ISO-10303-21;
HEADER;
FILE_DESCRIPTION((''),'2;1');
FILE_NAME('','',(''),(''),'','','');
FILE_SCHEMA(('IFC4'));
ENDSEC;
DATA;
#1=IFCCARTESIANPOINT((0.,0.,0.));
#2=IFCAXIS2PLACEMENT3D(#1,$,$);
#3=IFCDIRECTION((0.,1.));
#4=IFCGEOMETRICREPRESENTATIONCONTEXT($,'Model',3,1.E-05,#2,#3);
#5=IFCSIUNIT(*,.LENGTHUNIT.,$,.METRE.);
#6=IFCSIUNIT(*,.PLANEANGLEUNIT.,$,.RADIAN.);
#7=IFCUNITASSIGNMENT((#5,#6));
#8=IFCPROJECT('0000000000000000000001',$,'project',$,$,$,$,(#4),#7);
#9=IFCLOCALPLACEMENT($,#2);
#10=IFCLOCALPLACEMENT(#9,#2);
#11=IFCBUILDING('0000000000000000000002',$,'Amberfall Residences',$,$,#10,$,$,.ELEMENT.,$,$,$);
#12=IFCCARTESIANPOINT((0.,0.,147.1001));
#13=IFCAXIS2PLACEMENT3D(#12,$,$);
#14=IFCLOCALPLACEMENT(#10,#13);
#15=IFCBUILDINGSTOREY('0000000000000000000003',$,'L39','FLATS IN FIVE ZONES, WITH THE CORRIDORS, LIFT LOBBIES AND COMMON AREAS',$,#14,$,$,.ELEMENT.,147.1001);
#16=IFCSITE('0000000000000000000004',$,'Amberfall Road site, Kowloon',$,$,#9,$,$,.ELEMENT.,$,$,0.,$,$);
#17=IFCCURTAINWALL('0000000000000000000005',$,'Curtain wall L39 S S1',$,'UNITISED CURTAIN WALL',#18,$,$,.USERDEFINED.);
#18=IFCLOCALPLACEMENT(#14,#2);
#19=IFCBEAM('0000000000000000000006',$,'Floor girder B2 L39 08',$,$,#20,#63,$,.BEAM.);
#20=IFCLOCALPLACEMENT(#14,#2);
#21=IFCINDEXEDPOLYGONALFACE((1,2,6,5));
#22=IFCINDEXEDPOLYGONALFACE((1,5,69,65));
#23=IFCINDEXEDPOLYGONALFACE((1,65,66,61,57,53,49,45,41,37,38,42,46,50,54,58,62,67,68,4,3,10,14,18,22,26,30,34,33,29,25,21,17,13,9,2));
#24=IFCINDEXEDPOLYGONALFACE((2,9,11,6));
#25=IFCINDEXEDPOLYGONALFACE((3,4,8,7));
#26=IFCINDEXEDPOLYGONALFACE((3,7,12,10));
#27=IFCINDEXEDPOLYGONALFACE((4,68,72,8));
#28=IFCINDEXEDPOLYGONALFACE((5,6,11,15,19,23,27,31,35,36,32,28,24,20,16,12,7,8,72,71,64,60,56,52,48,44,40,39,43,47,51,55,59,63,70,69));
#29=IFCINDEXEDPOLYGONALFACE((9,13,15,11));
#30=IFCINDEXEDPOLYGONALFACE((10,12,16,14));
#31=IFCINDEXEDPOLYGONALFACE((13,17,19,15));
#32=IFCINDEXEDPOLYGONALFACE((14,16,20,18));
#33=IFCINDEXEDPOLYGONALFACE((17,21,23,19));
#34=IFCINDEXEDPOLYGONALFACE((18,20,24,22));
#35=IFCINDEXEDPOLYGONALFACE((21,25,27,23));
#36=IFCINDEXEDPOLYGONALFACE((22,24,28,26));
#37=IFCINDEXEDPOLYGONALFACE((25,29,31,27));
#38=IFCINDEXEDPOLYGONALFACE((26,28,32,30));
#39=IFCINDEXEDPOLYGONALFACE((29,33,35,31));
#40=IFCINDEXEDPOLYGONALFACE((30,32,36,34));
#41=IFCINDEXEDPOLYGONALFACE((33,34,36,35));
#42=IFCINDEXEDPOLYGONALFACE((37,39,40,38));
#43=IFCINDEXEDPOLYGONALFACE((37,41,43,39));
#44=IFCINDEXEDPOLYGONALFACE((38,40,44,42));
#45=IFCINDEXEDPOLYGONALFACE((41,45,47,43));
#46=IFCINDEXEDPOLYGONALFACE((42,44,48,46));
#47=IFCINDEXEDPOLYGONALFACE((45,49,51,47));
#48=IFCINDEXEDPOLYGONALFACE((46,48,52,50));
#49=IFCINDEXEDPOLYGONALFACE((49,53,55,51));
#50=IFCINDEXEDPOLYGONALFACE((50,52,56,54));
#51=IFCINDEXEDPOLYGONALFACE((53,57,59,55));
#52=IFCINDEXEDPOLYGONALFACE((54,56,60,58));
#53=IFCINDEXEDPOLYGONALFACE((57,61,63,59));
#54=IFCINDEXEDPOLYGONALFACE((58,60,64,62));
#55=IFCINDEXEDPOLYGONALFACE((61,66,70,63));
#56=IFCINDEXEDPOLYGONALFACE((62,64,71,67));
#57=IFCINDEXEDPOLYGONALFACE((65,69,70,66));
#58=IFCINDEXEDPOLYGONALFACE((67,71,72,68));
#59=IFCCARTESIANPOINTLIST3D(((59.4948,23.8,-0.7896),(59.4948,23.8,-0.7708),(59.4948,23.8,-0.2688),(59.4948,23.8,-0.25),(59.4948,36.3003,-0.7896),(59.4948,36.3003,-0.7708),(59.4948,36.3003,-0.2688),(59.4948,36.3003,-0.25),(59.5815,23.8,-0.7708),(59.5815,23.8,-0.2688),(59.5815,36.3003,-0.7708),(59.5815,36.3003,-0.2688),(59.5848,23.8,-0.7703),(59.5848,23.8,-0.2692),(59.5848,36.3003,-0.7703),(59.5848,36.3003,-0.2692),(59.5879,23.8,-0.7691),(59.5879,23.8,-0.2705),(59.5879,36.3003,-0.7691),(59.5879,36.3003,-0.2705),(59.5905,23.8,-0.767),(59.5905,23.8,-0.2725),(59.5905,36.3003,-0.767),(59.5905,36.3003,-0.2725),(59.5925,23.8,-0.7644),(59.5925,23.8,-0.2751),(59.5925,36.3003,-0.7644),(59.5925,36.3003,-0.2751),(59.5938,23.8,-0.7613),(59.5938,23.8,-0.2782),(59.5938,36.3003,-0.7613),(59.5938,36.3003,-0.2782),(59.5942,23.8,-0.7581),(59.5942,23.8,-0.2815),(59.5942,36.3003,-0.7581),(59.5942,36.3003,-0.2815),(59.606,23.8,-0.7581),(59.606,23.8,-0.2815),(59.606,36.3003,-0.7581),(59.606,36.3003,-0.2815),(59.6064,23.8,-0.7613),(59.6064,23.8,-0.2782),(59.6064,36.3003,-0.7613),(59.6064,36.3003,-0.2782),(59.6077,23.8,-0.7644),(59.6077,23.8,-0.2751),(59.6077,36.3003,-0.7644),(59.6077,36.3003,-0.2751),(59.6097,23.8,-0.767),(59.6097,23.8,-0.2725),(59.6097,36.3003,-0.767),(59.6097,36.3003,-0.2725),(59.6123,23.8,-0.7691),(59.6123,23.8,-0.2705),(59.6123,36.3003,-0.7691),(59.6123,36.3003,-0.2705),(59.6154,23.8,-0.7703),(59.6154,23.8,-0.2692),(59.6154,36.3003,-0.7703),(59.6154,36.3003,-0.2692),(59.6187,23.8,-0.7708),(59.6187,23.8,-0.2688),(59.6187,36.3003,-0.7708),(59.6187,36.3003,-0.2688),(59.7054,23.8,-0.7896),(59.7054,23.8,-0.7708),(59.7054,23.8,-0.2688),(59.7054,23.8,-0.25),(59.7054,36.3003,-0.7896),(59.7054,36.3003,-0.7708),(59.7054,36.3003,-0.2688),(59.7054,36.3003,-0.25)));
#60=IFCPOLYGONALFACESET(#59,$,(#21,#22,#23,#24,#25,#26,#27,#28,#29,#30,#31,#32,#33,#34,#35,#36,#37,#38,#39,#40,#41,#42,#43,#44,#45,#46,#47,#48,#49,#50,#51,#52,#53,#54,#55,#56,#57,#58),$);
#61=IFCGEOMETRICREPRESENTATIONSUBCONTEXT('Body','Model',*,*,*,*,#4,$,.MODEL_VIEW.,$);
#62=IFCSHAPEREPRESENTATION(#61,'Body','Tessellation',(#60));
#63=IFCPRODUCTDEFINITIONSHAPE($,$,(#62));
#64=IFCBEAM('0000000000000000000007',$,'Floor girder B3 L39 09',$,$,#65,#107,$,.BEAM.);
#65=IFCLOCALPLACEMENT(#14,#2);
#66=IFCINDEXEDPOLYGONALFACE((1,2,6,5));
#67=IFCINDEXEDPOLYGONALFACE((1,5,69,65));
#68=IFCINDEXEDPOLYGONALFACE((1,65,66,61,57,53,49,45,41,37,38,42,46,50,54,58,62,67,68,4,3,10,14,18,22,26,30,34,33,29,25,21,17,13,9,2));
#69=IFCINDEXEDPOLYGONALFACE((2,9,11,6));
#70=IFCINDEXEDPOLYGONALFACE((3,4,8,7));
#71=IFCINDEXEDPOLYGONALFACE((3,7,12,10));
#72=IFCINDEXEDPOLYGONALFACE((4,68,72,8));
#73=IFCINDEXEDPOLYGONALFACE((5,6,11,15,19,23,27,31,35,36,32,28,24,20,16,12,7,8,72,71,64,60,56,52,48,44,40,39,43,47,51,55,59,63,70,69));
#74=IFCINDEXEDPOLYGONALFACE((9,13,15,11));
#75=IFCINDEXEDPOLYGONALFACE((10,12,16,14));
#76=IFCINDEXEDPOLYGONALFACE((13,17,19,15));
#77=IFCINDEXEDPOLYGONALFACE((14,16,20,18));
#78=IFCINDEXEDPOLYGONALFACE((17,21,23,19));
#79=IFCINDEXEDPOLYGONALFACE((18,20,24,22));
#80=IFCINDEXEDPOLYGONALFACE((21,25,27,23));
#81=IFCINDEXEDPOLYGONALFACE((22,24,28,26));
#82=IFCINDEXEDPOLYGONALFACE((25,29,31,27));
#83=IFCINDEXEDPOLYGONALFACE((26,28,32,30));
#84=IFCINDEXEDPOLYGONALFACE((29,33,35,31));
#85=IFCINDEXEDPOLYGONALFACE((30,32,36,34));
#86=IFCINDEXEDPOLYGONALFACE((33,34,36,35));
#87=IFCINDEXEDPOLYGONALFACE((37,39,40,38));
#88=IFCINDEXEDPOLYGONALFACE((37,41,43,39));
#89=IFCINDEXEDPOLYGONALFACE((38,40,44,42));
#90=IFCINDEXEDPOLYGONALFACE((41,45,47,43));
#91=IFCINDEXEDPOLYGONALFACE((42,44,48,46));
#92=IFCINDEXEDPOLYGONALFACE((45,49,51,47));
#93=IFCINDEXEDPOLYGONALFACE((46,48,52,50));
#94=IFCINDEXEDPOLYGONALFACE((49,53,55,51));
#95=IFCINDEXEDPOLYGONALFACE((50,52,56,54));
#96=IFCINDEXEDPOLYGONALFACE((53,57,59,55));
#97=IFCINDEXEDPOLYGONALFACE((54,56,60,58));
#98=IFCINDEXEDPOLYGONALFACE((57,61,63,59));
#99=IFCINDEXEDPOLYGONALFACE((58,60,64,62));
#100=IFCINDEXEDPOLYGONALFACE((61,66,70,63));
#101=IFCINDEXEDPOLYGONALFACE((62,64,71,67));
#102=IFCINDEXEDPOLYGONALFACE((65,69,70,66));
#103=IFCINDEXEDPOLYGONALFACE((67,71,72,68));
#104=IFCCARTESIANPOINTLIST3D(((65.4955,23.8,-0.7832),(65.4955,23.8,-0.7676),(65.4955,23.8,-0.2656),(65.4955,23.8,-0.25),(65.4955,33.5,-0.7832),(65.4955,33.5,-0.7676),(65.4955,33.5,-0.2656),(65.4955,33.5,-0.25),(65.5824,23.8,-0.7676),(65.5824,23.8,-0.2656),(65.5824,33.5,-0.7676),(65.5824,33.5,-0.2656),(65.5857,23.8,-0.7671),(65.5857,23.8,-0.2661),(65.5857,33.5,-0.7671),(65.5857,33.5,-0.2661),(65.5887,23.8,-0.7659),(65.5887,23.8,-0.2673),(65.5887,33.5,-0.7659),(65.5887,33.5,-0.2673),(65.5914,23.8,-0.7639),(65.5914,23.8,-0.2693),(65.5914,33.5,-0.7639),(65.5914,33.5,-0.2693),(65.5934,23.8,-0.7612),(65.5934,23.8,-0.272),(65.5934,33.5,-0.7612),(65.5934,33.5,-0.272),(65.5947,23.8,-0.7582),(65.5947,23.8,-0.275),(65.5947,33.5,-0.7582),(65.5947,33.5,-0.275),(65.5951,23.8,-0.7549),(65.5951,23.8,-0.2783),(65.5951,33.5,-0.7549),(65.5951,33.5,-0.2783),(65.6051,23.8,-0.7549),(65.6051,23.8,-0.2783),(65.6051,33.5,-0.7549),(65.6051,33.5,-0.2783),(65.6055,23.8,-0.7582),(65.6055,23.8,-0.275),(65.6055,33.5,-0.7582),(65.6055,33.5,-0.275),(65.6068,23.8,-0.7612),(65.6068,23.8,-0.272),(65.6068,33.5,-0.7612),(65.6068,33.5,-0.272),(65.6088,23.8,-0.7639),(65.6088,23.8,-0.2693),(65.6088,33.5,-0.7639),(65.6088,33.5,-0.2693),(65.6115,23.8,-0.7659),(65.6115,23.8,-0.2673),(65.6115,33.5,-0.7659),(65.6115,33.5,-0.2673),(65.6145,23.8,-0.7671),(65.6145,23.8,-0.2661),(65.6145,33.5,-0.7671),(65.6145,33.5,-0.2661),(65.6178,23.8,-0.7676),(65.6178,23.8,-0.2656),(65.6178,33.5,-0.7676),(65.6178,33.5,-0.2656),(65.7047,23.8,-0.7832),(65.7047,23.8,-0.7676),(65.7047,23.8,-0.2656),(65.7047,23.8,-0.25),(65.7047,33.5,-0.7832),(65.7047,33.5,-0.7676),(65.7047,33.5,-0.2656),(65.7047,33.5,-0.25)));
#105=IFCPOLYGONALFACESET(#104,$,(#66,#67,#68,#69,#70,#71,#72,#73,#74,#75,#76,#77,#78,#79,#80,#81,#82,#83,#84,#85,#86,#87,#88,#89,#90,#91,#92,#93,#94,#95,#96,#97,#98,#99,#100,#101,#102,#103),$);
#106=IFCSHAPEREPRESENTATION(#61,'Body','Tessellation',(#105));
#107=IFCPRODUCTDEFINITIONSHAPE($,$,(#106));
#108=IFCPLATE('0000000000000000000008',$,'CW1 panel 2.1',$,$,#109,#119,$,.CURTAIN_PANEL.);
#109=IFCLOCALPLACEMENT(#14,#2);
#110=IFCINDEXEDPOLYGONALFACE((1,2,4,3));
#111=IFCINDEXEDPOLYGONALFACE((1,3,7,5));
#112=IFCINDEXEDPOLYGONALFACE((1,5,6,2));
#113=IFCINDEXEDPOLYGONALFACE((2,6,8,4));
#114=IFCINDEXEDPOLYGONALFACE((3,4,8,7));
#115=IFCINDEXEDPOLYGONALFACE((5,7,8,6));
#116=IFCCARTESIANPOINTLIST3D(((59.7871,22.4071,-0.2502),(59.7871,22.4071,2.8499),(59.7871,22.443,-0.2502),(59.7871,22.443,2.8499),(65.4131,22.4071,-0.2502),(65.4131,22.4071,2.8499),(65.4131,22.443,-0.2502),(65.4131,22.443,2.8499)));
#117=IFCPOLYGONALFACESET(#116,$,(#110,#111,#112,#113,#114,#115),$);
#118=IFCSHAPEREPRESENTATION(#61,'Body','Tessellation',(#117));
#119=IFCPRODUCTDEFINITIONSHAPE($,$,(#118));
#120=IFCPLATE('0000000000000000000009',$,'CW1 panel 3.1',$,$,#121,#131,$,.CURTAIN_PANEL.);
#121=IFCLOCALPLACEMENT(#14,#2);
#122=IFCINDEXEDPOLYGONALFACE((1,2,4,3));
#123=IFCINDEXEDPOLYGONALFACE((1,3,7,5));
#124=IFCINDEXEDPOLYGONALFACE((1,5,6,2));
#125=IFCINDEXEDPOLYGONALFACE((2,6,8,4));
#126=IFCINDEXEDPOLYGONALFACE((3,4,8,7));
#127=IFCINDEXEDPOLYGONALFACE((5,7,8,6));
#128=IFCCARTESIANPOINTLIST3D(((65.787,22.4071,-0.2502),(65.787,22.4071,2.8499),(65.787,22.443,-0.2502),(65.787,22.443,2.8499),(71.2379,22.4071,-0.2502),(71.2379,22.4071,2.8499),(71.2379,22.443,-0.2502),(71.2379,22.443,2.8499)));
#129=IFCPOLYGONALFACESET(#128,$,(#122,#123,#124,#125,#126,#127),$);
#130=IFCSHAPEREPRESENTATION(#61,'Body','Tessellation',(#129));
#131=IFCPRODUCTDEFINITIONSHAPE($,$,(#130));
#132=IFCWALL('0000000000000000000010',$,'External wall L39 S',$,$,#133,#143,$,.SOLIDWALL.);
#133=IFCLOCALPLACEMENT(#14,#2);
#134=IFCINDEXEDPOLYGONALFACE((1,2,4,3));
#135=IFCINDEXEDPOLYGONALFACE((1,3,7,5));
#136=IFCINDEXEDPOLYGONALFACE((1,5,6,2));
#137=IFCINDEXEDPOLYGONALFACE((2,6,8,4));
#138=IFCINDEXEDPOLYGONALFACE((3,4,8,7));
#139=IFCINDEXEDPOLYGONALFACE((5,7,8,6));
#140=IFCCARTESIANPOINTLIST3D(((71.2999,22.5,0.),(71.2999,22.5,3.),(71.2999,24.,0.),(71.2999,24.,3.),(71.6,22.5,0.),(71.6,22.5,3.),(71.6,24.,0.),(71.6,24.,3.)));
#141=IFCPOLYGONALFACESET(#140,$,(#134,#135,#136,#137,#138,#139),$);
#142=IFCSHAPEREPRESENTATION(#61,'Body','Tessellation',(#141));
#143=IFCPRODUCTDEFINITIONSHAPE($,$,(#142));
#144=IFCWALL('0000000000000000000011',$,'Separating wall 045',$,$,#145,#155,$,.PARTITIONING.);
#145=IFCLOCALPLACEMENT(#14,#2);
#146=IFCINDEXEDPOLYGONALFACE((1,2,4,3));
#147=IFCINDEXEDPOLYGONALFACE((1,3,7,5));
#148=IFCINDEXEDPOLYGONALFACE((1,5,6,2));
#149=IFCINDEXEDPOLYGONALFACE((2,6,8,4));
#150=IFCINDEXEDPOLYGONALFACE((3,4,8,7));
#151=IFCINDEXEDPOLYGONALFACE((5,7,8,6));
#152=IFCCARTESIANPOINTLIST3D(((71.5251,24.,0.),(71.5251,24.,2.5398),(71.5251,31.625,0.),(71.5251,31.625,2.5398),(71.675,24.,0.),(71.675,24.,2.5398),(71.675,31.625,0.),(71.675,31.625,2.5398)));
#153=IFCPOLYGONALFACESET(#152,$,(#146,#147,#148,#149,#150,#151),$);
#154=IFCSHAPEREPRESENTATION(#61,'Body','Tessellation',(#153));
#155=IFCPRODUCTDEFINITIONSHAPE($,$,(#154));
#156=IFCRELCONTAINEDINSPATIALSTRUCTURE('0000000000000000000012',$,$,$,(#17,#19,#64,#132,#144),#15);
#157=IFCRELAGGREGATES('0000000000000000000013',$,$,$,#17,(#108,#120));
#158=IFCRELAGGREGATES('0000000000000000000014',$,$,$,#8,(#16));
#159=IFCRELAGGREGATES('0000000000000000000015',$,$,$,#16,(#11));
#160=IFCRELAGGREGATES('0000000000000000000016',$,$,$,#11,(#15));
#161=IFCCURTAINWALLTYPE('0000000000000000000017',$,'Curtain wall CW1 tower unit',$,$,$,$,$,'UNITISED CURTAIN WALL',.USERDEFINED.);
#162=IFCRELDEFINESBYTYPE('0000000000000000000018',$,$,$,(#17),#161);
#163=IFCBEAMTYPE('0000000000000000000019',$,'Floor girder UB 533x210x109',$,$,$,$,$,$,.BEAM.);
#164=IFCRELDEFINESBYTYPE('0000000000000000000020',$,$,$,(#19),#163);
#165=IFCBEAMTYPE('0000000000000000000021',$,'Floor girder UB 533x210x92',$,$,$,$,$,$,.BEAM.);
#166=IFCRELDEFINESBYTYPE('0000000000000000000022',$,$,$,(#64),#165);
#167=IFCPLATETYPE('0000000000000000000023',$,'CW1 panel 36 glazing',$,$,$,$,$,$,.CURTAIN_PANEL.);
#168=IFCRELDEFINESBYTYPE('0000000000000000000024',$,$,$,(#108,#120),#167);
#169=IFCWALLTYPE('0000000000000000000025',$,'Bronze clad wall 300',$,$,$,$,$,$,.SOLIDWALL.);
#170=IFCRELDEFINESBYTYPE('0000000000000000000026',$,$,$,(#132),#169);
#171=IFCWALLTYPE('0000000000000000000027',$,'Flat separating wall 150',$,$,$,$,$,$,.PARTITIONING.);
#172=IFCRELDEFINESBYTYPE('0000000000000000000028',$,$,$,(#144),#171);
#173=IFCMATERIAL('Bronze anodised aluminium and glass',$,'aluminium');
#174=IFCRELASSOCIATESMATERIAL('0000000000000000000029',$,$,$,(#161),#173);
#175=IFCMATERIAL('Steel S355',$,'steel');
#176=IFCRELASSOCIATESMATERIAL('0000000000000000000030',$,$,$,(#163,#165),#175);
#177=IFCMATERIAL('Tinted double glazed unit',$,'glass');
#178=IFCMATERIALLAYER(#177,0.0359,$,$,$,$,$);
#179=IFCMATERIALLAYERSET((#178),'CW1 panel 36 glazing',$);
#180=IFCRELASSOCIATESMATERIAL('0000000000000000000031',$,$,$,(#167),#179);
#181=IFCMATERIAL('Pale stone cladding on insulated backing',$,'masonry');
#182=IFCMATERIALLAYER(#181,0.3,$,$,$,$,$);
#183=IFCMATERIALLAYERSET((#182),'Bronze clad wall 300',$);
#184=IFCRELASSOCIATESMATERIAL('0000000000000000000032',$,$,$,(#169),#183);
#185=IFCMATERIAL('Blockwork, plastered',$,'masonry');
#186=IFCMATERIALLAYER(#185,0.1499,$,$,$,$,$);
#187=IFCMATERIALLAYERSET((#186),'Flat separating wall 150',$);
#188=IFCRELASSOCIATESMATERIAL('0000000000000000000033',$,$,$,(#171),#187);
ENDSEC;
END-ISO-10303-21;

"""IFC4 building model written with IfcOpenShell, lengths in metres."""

from ifc_helpers import new_model, si_unit, direction, frame, frame_2d, origin, origin_2d, place, context, subcontext, project, spatial, rectangle, i_section, extrude, material, layer, layer_set, material_profile, profile_set, type_object, element, aggregate, save


model = new_model("IFC4")

# Units and contexts
model_context = context("Model", 3, precision=1e-05, world=origin(), true_north=direction((0.0, 1.0)))
body_context = subcontext(model_context, "Body", "Model", "MODEL_VIEW")
ifc_project = project(units=[si_unit("LENGTHUNIT", "METRE"), si_unit("PLANEANGLEUNIT", "RADIAN")], contexts=[model_context])

# Site, building, storey
site_placement = place(None, origin())
site = spatial("IfcSite", under=ifc_project, at=site_placement, Name="Amberfall Road site, Kowloon", CompositionType="ELEMENT", RefElevation=0.0)
building_placement = place(site_placement, origin())
building = spatial("IfcBuilding", under=site, at=building_placement, Name="Amberfall Residences", CompositionType="ELEMENT")
storey_placement = place(building_placement, frame((0.0, 0.0, 147.1001)))
storey = spatial("IfcBuildingStorey", under=building, at=storey_placement, Name="L39", Description="FLATS IN FIVE ZONES, WITH THE CORRIDORS, LIFT LOBBIES AND COMMON AREAS", CompositionType="ELEMENT", Elevation=147.1001)

# Curtain wall
ifc_material_1 = material(Name="Bronze anodised aluminium and glass", Category="aluminium")
curtain_wall_type = type_object("IfcCurtainWallType", Name="Curtain wall CW1 tower unit", ElementType="UNITISED CURTAIN WALL", PredefinedType="USERDEFINED", material=ifc_material_1)
curtain_wall_placement = place(storey_placement, origin())
curtain_wall = element("IfcCurtainWall", 1, at=curtain_wall_placement, inside=storey, type_object=curtain_wall_type, Name="Curtain wall L39 S S1", ObjectType="UNITISED CURTAIN WALL", PredefinedType="USERDEFINED")

# Shared definitions
ifc_material_2 = material(Name="Steel S355", Category="steel")

# Beams
ifc_material_profile_1 = material_profile(ifc_material_2, i_section(OverallWidth=0.2107, OverallDepth=0.5396, WebThickness=0.0117, FlangeThickness=0.0188, FilletRadius=0.0127, at=origin_2d()), Name="UB 533x210x109")
ifc_profile_set_1 = profile_set([ifc_material_profile_1], Name="Steel S355")
beam_type_1 = type_object("IfcBeamType", Name="Floor girder UB 533x210x109", PredefinedType="BEAM", material=ifc_profile_set_1)
beam_1_placement = place(storey_placement, frame((59.6001, 23.8, -0.5198), z_axis=(0.0, 1.0, 0.0), x_axis=(-1.0, 0.0, 0.0)))
element("IfcBeam", 2, at=beam_1_placement, inside=storey, type_object=beam_type_1, Name="Floor girder B2 L39 08", PredefinedType="BEAM", context=body_context, shape_type="SweptSolid", body=[
    extrude(i_section(OverallWidth=0.2107, OverallDepth=0.5396, WebThickness=0.0117, FlangeThickness=0.0188, FilletRadius=0.0127, at=origin_2d()), origin(), (0.0, 0.0, 1.0), 12.5002),
])
ifc_material_profile_2 = material_profile(ifc_material_2, i_section(OverallWidth=0.2092, OverallDepth=0.5332, WebThickness=0.01, FlangeThickness=0.0156, FilletRadius=0.0127, at=origin_2d()), Name="UB 533x210x92")
ifc_profile_set_2 = profile_set([ifc_material_profile_2], Name="Steel S355")
beam_type_2 = type_object("IfcBeamType", Name="Floor girder UB 533x210x92", PredefinedType="BEAM", material=ifc_profile_set_2)
beam_2_placement = place(storey_placement, frame((65.6001, 23.8, -0.5166), z_axis=(0.0, 1.0, 0.0), x_axis=(-1.0, 0.0, 0.0)))
element("IfcBeam", 3, at=beam_2_placement, inside=storey, type_object=beam_type_2, Name="Floor girder B3 L39 09", PredefinedType="BEAM", context=body_context, shape_type="SweptSolid", body=[
    extrude(i_section(OverallWidth=0.2092, OverallDepth=0.5332, WebThickness=0.01, FlangeThickness=0.0156, FilletRadius=0.0127, at=origin_2d()), origin(), (0.0, 0.0, 1.0), 9.7),
])

# Plates
ifc_material_3 = material(Name="Tinted double glazed unit", Category="glass")
ifc_layer_1 = layer(ifc_material_3, 0.0359)
ifc_layer_set_1 = layer_set([ifc_layer_1], Name="CW1 panel 36 glazing")
plate_type = type_object("IfcPlateType", Name="CW1 panel 36 glazing", PredefinedType="CURTAIN_PANEL", material=ifc_layer_set_1)
plate_1_placement = place(storey_placement, frame((62.6001, 22.425, -0.2502), z_axis=(0.0, 0.0, 1.0), x_axis=(1.0, 0.0, 0.0)))
plate_1 = element("IfcPlate", 4, at=plate_1_placement, type_object=plate_type, Name="CW1 panel 2.1", PredefinedType="CURTAIN_PANEL", context=body_context, shape_type="SweptSolid", body=[
    extrude(rectangle(XDim=5.626, YDim=0.0359, at=origin_2d()), origin(), (0.0, 0.0, 1.0), 3.1001),
])
plate_2_placement = place(storey_placement, frame((68.5125, 22.425, -0.2502), z_axis=(0.0, 0.0, 1.0), x_axis=(1.0, 0.0, 0.0)))
plate_2 = element("IfcPlate", 5, at=plate_2_placement, type_object=plate_type, Name="CW1 panel 3.1", PredefinedType="CURTAIN_PANEL", context=body_context, shape_type="SweptSolid", body=[
    extrude(rectangle(XDim=5.4509, YDim=0.0359, at=origin_2d()), origin(), (0.0, 0.0, 1.0), 3.1001),
])
aggregate(curtain_wall, [plate_1, plate_2])

# Walls
ifc_material_4 = material(Name="Pale stone cladding on insulated backing", Category="masonry")
ifc_layer_2 = layer(ifc_material_4, 0.3)
ifc_layer_set_2 = layer_set([ifc_layer_2], Name="Bronze clad wall 300")
wall_type_1 = type_object("IfcWallType", Name="Bronze clad wall 300", PredefinedType="SOLIDWALL", material=ifc_layer_set_2)
wall_1_placement = place(storey_placement, frame((71.45, 22.5, 0.0), z_axis=(0.0, 0.0, 1.0), x_axis=(0.0, 1.0, 0.0)))
element("IfcWall", 6, at=wall_1_placement, inside=storey, type_object=wall_type_1, Name="External wall L39 S", PredefinedType="SOLIDWALL", context=body_context, shape_type="SweptSolid", body=[
    extrude(rectangle(XDim=1.5, YDim=0.3, at=frame_2d((0.75, 0.0))), origin(), (0.0, 0.0, 1.0), 3.0),
])
ifc_material_5 = material(Name="Blockwork, plastered", Category="masonry")
ifc_layer_3 = layer(ifc_material_5, 0.1499)
ifc_layer_set_3 = layer_set([ifc_layer_3], Name="Flat separating wall 150")
wall_type_2 = type_object("IfcWallType", Name="Flat separating wall 150", PredefinedType="PARTITIONING", material=ifc_layer_set_3)
wall_2_placement = place(storey_placement, frame((71.6001, 24.0, 0.0), z_axis=(0.0, 0.0, 1.0), x_axis=(0.0, 1.0, 0.0)))
element("IfcWall", 7, at=wall_2_placement, inside=storey, type_object=wall_type_2, Name="Separating wall 045", PredefinedType="PARTITIONING", context=body_context, shape_type="SweptSolid", body=[
    extrude(rectangle(XDim=7.625, YDim=0.1499, at=frame_2d((3.8125, 0.0))), origin(), (0.0, 0.0, 1.0), 2.5398),
])

save(model, "model.ifc")
